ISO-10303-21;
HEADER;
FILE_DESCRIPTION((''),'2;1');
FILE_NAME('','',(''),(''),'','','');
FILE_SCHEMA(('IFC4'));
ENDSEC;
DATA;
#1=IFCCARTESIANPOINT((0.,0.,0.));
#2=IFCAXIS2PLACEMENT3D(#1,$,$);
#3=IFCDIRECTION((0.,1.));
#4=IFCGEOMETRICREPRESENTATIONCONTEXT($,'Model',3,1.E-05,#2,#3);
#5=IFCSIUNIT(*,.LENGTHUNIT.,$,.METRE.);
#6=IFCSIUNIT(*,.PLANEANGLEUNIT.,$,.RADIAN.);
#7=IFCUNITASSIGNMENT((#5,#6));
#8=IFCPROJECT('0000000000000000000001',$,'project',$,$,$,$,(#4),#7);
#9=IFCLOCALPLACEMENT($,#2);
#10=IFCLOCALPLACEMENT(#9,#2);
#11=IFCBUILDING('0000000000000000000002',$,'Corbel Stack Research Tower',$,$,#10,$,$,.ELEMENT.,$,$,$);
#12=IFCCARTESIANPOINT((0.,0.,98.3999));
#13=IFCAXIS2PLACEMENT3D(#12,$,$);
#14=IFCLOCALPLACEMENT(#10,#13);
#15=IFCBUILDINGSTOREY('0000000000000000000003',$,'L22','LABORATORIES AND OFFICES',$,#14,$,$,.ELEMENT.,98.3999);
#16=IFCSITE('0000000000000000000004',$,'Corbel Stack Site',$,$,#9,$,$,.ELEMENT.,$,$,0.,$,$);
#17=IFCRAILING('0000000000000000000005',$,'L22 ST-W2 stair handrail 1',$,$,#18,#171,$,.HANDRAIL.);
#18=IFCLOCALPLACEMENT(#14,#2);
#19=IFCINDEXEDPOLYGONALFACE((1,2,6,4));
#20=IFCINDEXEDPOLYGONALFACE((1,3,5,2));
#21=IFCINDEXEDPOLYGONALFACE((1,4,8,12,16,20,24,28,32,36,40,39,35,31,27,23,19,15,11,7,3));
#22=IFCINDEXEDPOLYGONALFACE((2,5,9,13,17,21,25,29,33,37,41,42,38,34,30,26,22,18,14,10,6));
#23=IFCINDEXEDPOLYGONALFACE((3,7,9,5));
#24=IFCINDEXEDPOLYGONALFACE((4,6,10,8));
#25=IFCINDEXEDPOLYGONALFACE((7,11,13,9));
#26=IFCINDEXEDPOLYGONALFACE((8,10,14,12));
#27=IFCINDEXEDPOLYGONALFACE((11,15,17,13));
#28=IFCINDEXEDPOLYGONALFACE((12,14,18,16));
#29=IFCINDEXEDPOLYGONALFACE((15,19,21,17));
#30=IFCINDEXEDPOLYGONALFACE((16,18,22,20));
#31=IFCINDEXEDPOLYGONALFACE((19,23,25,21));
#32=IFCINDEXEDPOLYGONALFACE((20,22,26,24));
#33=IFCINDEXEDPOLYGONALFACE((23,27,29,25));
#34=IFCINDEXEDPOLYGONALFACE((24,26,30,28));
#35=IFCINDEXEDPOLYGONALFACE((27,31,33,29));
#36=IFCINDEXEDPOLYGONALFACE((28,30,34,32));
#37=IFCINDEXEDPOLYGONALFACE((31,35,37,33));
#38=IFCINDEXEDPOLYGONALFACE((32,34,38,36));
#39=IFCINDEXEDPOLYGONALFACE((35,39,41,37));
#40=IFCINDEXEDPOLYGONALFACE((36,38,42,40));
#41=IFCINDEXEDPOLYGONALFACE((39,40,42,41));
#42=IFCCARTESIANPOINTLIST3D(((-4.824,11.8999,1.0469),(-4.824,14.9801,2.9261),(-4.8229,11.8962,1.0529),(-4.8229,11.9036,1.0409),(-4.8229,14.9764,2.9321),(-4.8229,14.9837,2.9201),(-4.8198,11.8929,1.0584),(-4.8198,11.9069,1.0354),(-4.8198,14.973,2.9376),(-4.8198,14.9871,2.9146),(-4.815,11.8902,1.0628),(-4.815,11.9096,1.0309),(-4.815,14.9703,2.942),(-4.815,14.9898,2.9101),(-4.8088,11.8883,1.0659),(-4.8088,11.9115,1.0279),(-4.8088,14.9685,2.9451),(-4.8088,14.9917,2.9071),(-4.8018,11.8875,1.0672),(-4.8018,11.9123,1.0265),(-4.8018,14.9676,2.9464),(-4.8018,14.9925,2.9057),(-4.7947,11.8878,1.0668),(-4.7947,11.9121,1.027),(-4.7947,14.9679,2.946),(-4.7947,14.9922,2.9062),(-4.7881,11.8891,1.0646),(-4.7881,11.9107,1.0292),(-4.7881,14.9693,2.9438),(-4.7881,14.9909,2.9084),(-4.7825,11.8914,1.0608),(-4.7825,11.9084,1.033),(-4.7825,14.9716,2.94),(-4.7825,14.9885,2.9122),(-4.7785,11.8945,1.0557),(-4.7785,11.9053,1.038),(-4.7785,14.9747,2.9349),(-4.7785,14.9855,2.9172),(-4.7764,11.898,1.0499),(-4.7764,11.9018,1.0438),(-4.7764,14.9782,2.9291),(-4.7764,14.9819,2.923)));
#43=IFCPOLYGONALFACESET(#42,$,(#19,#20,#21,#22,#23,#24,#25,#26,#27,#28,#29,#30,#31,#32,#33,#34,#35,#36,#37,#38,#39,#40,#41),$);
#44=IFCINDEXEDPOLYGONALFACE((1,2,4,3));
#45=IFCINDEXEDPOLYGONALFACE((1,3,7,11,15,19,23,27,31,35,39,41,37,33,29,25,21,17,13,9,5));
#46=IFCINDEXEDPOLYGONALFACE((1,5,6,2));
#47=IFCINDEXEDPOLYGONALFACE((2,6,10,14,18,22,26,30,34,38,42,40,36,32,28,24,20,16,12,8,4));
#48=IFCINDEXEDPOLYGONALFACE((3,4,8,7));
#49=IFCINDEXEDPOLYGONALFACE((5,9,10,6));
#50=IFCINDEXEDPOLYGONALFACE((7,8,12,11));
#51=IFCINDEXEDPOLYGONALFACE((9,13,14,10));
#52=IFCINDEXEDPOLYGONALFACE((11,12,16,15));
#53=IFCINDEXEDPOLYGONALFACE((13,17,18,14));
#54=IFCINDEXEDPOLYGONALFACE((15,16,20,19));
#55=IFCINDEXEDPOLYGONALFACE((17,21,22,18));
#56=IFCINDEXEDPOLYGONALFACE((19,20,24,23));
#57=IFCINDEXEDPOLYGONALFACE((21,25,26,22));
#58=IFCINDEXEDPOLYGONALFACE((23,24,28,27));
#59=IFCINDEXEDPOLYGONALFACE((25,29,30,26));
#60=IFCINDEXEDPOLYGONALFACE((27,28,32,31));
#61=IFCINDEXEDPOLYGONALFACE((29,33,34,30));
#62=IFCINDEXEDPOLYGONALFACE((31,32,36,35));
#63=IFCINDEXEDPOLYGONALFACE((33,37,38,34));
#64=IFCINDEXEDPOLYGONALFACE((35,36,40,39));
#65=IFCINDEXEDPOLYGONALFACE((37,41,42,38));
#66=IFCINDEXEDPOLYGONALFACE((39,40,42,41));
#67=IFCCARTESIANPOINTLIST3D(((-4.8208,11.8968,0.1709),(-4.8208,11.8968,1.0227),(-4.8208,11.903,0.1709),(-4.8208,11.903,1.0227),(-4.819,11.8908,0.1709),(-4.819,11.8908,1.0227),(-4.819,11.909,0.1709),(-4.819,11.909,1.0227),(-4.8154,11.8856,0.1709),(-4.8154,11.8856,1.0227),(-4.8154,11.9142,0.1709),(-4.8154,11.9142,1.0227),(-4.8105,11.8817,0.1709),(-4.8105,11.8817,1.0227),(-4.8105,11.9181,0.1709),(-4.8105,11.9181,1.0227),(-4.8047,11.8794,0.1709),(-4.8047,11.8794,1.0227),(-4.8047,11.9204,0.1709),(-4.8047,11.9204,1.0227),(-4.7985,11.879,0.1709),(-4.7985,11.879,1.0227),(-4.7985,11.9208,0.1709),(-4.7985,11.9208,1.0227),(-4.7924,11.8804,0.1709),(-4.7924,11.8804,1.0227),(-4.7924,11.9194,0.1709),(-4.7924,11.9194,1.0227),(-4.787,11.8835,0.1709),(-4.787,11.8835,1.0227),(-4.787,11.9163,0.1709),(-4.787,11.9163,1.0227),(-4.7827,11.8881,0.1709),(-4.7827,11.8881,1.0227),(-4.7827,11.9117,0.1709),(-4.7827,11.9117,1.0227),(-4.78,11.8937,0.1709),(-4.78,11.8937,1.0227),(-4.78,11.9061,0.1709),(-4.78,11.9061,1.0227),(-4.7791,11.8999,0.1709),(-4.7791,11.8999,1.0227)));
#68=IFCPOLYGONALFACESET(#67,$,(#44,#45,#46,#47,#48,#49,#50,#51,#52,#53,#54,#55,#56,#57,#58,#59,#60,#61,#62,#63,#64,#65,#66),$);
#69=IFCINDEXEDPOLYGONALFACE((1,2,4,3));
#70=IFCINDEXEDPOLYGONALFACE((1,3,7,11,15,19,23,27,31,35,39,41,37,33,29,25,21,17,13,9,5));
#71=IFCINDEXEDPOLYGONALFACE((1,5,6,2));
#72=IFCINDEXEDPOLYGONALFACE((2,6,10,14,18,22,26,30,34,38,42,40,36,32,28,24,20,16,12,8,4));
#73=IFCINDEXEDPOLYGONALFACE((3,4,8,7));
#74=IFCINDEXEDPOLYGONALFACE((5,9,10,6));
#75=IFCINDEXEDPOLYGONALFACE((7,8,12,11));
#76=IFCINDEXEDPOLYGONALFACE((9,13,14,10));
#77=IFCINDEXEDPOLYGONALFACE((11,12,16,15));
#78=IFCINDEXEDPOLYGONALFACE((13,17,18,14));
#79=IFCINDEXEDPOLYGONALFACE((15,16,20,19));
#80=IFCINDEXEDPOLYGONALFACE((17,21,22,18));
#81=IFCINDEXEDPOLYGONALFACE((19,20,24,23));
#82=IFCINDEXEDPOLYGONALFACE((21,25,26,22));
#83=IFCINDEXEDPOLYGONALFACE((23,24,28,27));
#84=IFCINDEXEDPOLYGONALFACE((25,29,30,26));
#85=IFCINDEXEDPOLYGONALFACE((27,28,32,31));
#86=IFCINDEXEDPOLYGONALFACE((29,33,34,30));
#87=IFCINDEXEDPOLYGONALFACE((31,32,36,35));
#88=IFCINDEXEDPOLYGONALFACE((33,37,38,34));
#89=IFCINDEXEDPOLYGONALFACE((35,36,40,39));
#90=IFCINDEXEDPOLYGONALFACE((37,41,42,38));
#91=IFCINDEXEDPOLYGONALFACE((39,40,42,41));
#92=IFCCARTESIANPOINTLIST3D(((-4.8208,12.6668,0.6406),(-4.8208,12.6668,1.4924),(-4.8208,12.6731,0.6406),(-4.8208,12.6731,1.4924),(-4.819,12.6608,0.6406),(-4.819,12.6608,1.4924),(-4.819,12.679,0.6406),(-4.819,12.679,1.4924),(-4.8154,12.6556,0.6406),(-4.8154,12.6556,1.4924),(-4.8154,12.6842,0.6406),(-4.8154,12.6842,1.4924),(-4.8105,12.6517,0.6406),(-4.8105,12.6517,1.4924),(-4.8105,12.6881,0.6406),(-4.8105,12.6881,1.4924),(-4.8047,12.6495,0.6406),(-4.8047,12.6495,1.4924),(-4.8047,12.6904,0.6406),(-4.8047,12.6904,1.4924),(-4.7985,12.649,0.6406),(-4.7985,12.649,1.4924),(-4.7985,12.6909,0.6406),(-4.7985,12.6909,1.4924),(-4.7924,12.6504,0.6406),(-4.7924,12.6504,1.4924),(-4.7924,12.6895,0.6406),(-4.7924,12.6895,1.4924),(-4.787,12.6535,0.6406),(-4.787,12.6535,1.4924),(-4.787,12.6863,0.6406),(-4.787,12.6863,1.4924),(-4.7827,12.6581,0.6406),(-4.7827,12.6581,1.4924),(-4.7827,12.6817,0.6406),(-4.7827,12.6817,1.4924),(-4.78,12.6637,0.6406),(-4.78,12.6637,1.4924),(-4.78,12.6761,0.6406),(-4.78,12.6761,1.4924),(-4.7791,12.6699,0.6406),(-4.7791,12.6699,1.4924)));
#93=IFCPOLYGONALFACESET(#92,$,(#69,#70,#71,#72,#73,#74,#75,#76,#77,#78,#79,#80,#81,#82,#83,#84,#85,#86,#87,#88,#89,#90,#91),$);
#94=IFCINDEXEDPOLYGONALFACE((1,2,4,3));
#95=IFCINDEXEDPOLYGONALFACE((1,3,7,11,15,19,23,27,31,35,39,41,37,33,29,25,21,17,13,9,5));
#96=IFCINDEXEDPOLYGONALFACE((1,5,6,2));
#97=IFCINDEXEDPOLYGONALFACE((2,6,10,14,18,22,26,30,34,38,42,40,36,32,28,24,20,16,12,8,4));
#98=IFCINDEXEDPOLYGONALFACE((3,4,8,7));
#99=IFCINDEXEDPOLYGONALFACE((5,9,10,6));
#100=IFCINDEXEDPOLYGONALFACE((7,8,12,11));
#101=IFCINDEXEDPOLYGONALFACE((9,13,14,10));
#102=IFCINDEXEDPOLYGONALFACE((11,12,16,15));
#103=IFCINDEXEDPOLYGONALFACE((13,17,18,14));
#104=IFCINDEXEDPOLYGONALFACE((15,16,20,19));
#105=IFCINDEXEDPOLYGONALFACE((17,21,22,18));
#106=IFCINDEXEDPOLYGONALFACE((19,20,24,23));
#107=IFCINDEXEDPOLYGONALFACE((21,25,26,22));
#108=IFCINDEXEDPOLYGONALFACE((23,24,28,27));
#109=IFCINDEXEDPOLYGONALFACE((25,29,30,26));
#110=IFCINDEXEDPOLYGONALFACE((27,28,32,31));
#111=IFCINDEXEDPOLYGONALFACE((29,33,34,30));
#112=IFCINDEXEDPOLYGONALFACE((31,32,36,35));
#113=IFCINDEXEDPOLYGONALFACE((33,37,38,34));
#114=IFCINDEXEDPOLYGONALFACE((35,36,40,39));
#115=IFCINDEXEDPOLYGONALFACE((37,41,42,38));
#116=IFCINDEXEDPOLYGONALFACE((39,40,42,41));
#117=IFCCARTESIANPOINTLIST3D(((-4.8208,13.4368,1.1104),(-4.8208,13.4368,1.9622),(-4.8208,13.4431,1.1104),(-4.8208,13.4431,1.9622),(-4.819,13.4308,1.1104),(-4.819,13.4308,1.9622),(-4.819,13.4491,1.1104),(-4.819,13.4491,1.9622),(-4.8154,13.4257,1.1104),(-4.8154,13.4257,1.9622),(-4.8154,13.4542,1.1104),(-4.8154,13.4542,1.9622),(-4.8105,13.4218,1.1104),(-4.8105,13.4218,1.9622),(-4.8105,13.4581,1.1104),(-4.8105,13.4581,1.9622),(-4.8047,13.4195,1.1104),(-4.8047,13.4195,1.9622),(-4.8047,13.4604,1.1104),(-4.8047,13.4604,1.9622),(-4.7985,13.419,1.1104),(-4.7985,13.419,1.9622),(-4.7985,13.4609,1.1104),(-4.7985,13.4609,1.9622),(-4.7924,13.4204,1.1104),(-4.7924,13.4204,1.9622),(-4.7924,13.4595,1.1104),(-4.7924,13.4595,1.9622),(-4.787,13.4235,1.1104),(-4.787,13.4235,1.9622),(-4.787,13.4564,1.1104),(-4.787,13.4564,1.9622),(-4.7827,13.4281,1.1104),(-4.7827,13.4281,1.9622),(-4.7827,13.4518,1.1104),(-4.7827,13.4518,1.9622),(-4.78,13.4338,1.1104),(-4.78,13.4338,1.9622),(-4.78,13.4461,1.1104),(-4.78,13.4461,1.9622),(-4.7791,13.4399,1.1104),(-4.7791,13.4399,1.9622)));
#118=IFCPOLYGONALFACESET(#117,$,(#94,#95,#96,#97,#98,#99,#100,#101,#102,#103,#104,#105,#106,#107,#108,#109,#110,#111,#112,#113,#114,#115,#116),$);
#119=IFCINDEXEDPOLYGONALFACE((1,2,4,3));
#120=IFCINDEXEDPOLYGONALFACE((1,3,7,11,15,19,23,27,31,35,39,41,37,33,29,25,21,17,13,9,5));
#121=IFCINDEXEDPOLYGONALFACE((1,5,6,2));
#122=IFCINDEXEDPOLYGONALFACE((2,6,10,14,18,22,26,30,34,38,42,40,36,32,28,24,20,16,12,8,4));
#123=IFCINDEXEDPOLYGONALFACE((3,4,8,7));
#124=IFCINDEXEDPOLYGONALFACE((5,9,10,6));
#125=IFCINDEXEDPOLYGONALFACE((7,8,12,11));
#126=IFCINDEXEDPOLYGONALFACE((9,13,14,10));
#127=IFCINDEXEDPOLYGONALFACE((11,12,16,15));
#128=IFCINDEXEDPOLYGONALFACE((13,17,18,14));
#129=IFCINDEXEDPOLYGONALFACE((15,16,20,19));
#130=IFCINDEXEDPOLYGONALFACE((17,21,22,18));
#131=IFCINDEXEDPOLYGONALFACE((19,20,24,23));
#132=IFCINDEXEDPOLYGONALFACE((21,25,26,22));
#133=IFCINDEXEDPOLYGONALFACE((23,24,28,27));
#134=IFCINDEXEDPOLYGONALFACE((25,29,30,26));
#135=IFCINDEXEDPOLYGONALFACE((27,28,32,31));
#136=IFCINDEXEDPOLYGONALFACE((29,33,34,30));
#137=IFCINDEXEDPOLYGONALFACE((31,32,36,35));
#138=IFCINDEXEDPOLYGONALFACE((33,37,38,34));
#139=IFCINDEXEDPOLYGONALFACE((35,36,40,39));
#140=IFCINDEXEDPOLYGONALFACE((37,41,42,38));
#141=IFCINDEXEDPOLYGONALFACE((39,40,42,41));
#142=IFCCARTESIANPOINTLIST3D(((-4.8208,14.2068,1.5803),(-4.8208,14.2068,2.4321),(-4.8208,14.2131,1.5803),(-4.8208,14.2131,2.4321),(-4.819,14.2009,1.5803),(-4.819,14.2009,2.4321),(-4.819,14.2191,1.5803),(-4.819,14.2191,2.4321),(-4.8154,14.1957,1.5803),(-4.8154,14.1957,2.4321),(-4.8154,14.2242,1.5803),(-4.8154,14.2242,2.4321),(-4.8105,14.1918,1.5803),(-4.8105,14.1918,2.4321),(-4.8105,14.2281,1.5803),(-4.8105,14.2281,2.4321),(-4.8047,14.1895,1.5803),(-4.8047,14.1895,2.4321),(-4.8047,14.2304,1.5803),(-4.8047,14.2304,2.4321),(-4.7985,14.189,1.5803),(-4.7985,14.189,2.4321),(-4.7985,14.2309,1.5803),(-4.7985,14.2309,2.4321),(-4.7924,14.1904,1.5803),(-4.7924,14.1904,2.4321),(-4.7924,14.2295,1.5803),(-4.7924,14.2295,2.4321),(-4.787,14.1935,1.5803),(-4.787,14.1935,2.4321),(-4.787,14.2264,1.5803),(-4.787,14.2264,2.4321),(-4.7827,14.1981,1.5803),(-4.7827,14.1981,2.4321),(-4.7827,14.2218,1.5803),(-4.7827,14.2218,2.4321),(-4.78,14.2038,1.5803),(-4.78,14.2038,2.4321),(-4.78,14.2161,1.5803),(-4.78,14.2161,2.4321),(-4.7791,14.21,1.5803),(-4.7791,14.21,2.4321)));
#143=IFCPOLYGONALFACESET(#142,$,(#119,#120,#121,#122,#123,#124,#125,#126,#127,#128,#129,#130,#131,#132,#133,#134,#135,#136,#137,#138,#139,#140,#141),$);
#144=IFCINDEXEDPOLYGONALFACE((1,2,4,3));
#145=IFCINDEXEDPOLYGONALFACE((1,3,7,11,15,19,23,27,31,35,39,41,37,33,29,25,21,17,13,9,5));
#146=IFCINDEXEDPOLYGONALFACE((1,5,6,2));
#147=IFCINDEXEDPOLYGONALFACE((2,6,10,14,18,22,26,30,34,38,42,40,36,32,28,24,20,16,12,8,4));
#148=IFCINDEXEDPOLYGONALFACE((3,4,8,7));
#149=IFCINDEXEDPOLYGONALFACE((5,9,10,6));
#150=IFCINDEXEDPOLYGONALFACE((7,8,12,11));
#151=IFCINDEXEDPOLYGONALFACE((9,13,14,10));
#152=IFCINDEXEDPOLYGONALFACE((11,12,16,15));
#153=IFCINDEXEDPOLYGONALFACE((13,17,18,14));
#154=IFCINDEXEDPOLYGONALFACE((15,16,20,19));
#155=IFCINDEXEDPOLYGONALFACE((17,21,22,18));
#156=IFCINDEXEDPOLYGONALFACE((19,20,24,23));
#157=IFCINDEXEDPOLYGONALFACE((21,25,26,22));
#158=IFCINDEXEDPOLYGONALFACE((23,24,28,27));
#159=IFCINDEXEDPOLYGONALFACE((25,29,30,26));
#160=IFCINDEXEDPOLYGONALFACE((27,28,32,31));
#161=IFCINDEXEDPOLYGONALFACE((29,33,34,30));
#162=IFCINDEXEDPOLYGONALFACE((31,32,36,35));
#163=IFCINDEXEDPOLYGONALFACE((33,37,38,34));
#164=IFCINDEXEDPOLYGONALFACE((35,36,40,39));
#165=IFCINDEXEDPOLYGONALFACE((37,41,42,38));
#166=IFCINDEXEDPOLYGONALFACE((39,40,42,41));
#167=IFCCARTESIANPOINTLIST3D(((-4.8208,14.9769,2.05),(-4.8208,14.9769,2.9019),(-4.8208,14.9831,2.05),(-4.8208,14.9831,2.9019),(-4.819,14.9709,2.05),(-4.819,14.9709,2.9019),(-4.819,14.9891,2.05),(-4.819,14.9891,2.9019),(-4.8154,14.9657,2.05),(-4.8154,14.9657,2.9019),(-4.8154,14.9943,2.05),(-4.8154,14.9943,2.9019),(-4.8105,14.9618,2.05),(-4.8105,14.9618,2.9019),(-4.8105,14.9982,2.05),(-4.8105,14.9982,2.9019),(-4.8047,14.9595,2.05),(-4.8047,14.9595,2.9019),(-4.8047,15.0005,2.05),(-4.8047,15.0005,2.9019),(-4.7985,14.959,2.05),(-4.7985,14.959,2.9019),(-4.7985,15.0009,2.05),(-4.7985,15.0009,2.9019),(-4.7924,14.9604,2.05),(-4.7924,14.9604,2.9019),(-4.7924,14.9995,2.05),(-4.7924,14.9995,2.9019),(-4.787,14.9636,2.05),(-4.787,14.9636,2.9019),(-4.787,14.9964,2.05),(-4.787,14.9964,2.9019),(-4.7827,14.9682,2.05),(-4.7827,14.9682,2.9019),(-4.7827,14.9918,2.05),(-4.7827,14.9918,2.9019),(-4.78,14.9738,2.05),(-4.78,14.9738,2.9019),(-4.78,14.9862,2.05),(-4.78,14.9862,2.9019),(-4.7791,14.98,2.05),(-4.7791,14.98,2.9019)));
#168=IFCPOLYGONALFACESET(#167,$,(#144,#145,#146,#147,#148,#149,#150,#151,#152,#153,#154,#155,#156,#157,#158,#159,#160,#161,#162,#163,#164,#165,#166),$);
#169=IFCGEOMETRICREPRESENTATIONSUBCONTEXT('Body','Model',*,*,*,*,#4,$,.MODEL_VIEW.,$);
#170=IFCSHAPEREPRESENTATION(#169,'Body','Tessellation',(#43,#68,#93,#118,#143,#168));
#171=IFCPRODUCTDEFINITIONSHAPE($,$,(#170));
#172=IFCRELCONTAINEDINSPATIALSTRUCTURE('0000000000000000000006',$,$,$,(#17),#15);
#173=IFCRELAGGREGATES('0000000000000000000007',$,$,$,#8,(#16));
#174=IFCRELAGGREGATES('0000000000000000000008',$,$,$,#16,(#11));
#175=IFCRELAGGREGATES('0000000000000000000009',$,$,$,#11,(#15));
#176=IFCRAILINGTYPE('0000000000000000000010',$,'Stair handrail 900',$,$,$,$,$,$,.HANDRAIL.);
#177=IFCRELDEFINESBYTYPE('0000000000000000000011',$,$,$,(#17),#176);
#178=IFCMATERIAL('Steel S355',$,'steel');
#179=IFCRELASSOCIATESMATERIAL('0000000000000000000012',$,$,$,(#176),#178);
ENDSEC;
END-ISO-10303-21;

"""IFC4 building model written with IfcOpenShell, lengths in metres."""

from ifc_helpers import new_model, si_unit, direction, frame, origin, origin_2d, place, context, subcontext, project, spatial, circle, extrude, material, type_object, element, save


model = new_model("IFC4")

# Units and contexts
model_context = context("Model", 3, precision=1e-05, world=origin(), true_north=direction((0.0, 1.0)))
body_context = subcontext(model_context, "Body", "Model", "MODEL_VIEW")
ifc_project = project(units=[si_unit("LENGTHUNIT", "METRE"), si_unit("PLANEANGLEUNIT", "RADIAN")], contexts=[model_context])

# Site, building, storey
site_placement = place(None, origin())
site = spatial("IfcSite", under=ifc_project, at=site_placement, Name="Corbel Stack Site", CompositionType="ELEMENT", RefElevation=0.0)
building_placement = place(site_placement, origin())
building = spatial("IfcBuilding", under=site, at=building_placement, Name="Corbel Stack Research Tower", CompositionType="ELEMENT")
storey_placement = place(building_placement, frame((0.0, 0.0, 98.3999)))
storey = spatial("IfcBuildingStorey", under=building, at=storey_placement, Name="L22", Description="LABORATORIES AND OFFICES", CompositionType="ELEMENT", Elevation=98.3999)

# Railing
ifc_material_1 = material(Name="Steel S355", Category="steel")
railing_type_1 = type_object("IfcRailingType", Name="Stair handrail 900", PredefinedType="HANDRAIL", material=ifc_material_1)
railing_1_placement = place(storey_placement, frame((-4.8, 11.8999, 0.1709)))
element("IfcRailing", 1, at=railing_1_placement, inside=storey, type_object=railing_type_1, Name="L22 ST-W2 stair handrail 1", PredefinedType="HANDRAIL", context=body_context, shape_type="SweptSolid", body=[
    extrude(circle(Radius=0.0239, at=origin_2d()), frame((0.0, 0.0, 0.876), z_axis=(0.0, 0.853666, 0.52082), x_axis=(-1.0, 0.0, 0.0)), (0.0, 0.0, 1.0), 3.6082),
    extrude(circle(Radius=0.021, at=origin_2d()), origin(), (0.0, 0.0, 1.0), 0.8518),
    extrude(circle(Radius=0.021, at=origin_2d()), frame((0.0, 0.77, 0.4697)), (0.0, 0.0, 1.0), 0.8518),
    extrude(circle(Radius=0.021, at=origin_2d()), frame((0.0, 1.54, 0.9395)), (0.0, 0.0, 1.0), 0.8518),
    extrude(circle(Radius=0.021, at=origin_2d()), frame((0.0, 2.3101, 1.4094)), (0.0, 0.0, 1.0), 0.8518),
    extrude(circle(Radius=0.021, at=origin_2d()), frame((0.0, 3.0801, 1.8792)), (0.0, 0.0, 1.0), 0.8518),
])

save(model, "model.ifc")
